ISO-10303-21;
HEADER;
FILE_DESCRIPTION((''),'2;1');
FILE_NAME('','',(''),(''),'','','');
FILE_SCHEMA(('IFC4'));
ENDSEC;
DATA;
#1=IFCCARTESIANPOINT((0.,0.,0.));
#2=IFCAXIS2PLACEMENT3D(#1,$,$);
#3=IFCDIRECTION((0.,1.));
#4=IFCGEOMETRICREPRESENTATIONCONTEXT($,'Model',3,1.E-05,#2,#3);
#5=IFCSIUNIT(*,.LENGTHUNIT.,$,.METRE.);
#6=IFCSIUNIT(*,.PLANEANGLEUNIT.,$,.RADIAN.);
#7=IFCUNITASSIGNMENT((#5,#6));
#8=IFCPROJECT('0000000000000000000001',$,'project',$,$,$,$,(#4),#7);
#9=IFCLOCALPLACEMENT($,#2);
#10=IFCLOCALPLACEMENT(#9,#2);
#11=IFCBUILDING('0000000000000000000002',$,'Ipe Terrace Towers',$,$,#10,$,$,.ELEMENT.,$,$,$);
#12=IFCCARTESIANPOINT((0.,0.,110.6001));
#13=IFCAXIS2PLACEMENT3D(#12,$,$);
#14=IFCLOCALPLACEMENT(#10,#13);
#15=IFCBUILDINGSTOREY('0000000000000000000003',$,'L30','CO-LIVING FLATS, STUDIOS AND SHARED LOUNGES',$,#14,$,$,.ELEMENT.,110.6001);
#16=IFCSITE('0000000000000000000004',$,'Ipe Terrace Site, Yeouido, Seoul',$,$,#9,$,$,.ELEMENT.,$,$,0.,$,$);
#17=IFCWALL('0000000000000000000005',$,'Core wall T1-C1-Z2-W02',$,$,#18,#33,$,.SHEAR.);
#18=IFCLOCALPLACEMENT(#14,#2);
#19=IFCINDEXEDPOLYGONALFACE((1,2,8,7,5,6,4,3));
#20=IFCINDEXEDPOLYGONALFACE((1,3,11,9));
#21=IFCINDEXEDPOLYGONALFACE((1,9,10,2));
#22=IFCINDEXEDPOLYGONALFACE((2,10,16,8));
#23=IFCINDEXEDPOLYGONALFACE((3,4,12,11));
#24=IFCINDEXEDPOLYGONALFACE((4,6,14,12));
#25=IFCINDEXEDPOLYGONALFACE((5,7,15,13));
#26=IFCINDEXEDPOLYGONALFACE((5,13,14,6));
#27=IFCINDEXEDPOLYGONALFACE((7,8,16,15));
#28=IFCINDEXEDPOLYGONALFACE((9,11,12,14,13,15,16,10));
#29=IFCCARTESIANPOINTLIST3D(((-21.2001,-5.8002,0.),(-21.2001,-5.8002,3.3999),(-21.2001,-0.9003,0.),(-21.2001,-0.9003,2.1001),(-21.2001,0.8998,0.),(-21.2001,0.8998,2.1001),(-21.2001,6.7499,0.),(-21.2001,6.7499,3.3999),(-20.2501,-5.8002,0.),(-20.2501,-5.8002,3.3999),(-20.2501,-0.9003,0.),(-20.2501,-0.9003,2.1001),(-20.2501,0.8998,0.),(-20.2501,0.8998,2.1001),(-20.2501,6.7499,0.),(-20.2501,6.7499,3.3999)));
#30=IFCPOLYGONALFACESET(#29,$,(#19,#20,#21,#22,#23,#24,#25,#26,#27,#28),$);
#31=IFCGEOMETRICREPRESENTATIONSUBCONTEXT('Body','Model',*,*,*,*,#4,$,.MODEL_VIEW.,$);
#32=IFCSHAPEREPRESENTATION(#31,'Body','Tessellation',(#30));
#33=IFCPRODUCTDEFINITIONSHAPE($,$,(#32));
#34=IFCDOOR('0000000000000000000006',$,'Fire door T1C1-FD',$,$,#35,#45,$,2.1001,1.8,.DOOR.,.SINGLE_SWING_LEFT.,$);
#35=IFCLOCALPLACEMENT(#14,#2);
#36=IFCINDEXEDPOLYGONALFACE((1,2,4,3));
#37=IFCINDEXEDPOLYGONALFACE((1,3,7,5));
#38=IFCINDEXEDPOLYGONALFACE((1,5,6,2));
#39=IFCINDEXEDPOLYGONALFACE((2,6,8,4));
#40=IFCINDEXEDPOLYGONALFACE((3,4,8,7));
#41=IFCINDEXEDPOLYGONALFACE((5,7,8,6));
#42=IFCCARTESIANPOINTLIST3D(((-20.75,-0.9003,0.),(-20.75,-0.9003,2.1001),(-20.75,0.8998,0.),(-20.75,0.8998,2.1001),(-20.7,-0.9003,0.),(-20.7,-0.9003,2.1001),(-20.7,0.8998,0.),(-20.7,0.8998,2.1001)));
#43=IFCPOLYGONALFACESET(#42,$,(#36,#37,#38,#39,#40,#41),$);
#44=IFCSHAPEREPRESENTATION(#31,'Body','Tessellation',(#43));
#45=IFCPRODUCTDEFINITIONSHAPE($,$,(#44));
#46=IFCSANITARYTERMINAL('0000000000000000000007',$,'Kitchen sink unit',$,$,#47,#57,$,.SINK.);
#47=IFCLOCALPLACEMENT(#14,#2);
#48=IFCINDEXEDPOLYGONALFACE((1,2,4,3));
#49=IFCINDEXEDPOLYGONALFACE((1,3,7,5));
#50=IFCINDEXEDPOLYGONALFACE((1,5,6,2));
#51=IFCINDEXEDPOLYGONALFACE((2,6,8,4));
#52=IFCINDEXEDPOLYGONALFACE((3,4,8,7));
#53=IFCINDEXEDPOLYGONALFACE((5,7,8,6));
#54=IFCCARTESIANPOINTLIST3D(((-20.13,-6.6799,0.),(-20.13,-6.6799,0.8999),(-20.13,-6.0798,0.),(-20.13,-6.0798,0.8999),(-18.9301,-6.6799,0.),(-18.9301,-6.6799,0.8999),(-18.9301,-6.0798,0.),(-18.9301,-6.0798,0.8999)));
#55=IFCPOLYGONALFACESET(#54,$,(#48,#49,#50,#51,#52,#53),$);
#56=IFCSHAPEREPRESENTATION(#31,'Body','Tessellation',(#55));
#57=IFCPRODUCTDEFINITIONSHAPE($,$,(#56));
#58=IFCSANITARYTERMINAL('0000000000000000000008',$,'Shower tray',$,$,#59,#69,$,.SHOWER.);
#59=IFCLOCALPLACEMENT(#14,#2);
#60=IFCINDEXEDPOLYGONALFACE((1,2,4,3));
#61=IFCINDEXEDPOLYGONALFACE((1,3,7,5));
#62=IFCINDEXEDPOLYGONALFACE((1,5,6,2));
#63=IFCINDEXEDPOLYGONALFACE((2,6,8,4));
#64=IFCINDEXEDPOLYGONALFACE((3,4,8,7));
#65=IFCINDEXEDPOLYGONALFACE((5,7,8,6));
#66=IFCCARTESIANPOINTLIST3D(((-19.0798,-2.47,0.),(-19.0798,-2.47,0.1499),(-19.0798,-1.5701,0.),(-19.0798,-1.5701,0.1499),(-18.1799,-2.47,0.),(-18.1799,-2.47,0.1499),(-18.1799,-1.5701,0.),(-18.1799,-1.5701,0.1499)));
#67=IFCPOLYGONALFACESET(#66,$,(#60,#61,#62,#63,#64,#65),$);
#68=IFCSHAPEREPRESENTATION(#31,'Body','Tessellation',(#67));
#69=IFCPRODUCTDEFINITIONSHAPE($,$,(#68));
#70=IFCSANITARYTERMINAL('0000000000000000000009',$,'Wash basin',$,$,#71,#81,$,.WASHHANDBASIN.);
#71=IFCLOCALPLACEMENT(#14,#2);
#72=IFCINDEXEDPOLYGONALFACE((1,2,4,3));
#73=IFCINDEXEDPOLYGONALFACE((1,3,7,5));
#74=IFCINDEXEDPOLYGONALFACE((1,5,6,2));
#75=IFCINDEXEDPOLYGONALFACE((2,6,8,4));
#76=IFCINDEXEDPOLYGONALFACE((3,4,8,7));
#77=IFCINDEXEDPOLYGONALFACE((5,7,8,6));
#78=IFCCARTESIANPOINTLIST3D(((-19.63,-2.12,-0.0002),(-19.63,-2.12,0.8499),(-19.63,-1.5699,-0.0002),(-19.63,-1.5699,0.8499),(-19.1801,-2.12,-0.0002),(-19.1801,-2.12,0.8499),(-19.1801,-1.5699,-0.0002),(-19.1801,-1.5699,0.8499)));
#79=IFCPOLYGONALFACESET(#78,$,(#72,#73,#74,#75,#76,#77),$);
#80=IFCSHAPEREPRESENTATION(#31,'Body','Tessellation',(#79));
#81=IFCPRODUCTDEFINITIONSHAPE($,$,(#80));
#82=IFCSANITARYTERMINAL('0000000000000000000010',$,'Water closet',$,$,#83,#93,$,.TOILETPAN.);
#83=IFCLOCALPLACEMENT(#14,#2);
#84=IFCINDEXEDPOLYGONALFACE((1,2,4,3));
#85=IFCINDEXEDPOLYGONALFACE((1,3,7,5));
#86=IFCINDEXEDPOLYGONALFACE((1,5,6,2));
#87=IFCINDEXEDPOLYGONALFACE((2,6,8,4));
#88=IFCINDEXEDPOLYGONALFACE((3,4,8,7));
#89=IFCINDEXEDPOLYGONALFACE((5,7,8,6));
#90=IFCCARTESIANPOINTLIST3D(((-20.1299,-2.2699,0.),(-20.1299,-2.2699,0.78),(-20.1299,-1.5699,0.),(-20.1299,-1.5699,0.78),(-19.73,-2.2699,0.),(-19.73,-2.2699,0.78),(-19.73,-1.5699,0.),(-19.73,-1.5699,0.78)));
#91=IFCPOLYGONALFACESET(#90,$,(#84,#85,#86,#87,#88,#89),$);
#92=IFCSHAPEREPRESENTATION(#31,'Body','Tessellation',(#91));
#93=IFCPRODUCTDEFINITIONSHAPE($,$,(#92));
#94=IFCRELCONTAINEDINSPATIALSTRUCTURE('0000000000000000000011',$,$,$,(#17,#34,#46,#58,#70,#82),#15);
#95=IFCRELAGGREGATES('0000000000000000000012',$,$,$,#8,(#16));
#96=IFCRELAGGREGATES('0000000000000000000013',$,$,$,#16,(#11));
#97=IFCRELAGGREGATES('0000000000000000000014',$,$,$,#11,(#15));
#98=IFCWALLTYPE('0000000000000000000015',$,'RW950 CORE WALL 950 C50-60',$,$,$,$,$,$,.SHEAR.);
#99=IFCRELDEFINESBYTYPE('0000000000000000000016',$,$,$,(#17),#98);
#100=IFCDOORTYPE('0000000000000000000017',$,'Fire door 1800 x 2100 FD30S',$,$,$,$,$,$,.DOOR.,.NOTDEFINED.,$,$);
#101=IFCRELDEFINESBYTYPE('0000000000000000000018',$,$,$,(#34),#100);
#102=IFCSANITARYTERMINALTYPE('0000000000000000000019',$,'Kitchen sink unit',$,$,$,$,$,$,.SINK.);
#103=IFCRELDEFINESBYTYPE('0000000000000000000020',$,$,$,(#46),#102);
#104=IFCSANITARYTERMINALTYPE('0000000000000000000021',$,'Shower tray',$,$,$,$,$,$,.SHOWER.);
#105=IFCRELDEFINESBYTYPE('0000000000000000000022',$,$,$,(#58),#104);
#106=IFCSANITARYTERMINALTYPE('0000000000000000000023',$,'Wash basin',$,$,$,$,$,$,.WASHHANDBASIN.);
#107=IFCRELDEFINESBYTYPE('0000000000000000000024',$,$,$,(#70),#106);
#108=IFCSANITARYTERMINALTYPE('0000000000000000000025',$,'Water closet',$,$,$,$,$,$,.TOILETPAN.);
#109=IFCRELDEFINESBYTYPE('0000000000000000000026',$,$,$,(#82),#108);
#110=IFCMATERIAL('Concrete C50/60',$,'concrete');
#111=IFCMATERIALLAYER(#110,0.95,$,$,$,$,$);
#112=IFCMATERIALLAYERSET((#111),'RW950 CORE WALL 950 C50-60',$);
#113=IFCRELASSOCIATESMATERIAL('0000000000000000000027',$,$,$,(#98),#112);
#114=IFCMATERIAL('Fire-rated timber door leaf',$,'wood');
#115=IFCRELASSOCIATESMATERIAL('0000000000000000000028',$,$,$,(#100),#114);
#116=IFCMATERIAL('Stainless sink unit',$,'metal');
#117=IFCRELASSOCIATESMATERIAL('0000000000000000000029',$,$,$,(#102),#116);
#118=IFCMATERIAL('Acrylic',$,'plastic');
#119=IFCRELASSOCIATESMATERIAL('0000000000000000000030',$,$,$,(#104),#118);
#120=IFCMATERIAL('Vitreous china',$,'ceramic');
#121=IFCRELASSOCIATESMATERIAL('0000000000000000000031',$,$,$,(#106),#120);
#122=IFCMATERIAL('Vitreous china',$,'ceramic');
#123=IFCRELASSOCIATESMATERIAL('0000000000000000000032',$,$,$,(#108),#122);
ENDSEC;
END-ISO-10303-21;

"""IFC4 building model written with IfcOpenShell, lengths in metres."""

from ifc_helpers import new_model, si_unit, direction, frame, frame_2d, origin, origin_2d, place, context, subcontext, project, spatial, rectangle, extrude, material, layer, layer_set, type_object, element, fill, save


model = new_model("IFC4")

# Units and contexts
model_context = context("Model", 3, precision=1e-05, world=origin(), true_north=direction((0.0, 1.0)))
body_context = subcontext(model_context, "Body", "Model", "MODEL_VIEW")
ifc_project = project(units=[si_unit("LENGTHUNIT", "METRE"), si_unit("PLANEANGLEUNIT", "RADIAN")], contexts=[model_context])

# Site, building, storey
site_placement = place(None, origin())
site = spatial("IfcSite", under=ifc_project, at=site_placement, Name="Ipe Terrace Site, Yeouido, Seoul", CompositionType="ELEMENT", RefElevation=0.0)
building_placement = place(site_placement, origin())
building = spatial("IfcBuilding", under=site, at=building_placement, Name="Ipe Terrace Towers", CompositionType="ELEMENT")
storey_placement = place(building_placement, frame((0.0, 0.0, 110.6001)))
storey = spatial("IfcBuildingStorey", under=building, at=storey_placement, Name="L30", Description="CO-LIVING FLATS, STUDIOS AND SHARED LOUNGES", CompositionType="ELEMENT", Elevation=110.6001)

# Shared definitions
ifc_material_1 = material(Name="Concrete C50/60", Category="concrete")
ifc_layer_1 = layer(ifc_material_1, 0.95)
ifc_layer_set_1 = layer_set([ifc_layer_1], Name="RW950 CORE WALL 950 C50-60")
wall_type_1 = type_object("IfcWallType", Name="RW950 CORE WALL 950 C50-60", PredefinedType="SHEAR", material=ifc_layer_set_1)

# Wall, opening, door
wall_1_placement = place(storey_placement, frame((-20.7251, -5.8, 0.0), z_axis=(0.0, 0.0, 1.0), x_axis=(0.0, 1.0, 0.0)))
wall_1 = element("IfcWall", 1, at=wall_1_placement, inside=storey, type_object=wall_type_1, Name="Core wall T1-C1-Z2-W02", PredefinedType="SHEAR", context=body_context, shape_type="SweptSolid", body=[
    extrude(rectangle(XDim=12.55, YDim=0.95, at=frame_2d((6.2749, 0.0))), origin(), (0.0, 0.0, 1.0), 3.3999),
])
opening_1_placement = place(wall_1_placement, frame((4.8999, 0.0, 0.0)))
opening_1 = element("IfcOpeningElement", 2, at=opening_1_placement, cuts=wall_1, PredefinedType="OPENING", context=body_context, shape_type="SweptSolid", body=[
    extrude(rectangle(XDim=1.8, YDim=2.1001, at=frame_2d((0.8999, 1.05))), frame((0.0, 0.4849, 0.0), z_axis=(0.0, -1.0, 0.0), x_axis=(1.0, 0.0, 0.0)), (0.0, 0.0, 1.0), 0.97),
])
ifc_material_2 = material(Name="Fire-rated timber door leaf", Category="wood")
door_type_1 = type_object("IfcDoorType", Name="Fire door 1800 x 2100 FD30S", OperationType="NOTDEFINED", PredefinedType="DOOR", material=ifc_material_2)
door_1_placement = place(opening_1_placement, origin())
door_1 = element("IfcDoor", 3, at=door_1_placement, inside=storey, type_object=door_type_1, Name="Fire door T1C1-FD", OperationType="SINGLE_SWING_LEFT", OverallHeight=2.1001, OverallWidth=1.8, PredefinedType="DOOR", context=body_context, shape_type="SweptSolid", body=[
    extrude(rectangle(XDim=1.8, YDim=2.1001, at=frame_2d((0.8999, 1.05))), frame((0.0, 0.0249, 0.0), z_axis=(0.0, -1.0, 0.0), x_axis=(1.0, 0.0, 0.0)), (0.0, 0.0, 1.0), 0.05),
])
fill(opening_1, door_1)

# Sanitary terminals
ifc_material_3 = material(Name="Stainless sink unit", Category="metal")
sanitary_terminal_type_1 = type_object("IfcSanitaryTerminalType", Name="Kitchen sink unit", PredefinedType="SINK", material=ifc_material_3)
sanitary_terminal_1_placement = place(storey_placement, frame((-19.53, -6.3799, 0.0), z_axis=(0.0, 0.0, 1.0), x_axis=(-1.0, 0.0, 0.0)))
element("IfcSanitaryTerminal", 4, at=sanitary_terminal_1_placement, inside=storey, type_object=sanitary_terminal_type_1, Name="Kitchen sink unit", PredefinedType="SINK", context=body_context, shape_type="SweptSolid", body=[
    extrude(rectangle(XDim=1.2, YDim=0.6001, at=origin_2d()), origin(), (0.0, 0.0, 1.0), 0.8999),
])
ifc_material_4 = material(Name="Acrylic", Category="plastic")
sanitary_terminal_type_2 = type_object("IfcSanitaryTerminalType", Name="Shower tray", PredefinedType="SHOWER", material=ifc_material_4)
sanitary_terminal_2_placement = place(storey_placement, frame((-18.6299, -2.02, 0.0), z_axis=(0.0, 0.0, 1.0), x_axis=(0.0, -1.0, 0.0)))
element("IfcSanitaryTerminal", 5, at=sanitary_terminal_2_placement, inside=storey, type_object=sanitary_terminal_type_2, Name="Shower tray", PredefinedType="SHOWER", context=body_context, shape_type="SweptSolid", body=[
    extrude(rectangle(XDim=0.8999, YDim=0.8999, at=origin_2d()), origin(), (0.0, 0.0, 1.0), 0.1499),
])
ifc_material_5 = material(Name="Vitreous china", Category="ceramic")
sanitary_terminal_type_3 = type_object("IfcSanitaryTerminalType", Name="Wash basin", PredefinedType="WASHHANDBASIN", material=ifc_material_5)
sanitary_terminal_3_placement = place(storey_placement, frame((-19.405, -1.845, -0.0002), z_axis=(0.0, 0.0, 1.0), x_axis=(0.0, -1.0, 0.0)))
element("IfcSanitaryTerminal", 6, at=sanitary_terminal_3_placement, inside=storey, type_object=sanitary_terminal_type_3, Name="Wash basin", PredefinedType="WASHHANDBASIN", context=body_context, shape_type="SweptSolid", body=[
    extrude(rectangle(XDim=0.55, YDim=0.45, at=origin_2d()), origin(), (0.0, 0.0, 1.0), 0.8501),
])
ifc_material_6 = material(Name="Vitreous china", Category="ceramic")
sanitary_terminal_type_4 = type_object("IfcSanitaryTerminalType", Name="Water closet", PredefinedType="TOILETPAN", material=ifc_material_6)
sanitary_terminal_4_placement = place(storey_placement, frame((-19.9299, -1.9199, 0.0), z_axis=(0.0, 0.0, 1.0), x_axis=(0.0, -1.0, 0.0)))
element("IfcSanitaryTerminal", 7, at=sanitary_terminal_4_placement, inside=storey, type_object=sanitary_terminal_type_4, Name="Water closet", PredefinedType="TOILETPAN", context=body_context, shape_type="SweptSolid", body=[
    extrude(rectangle(XDim=0.7, YDim=0.3999, at=origin_2d()), origin(), (0.0, 0.0, 1.0), 0.78),
])

save(model, "model.ifc")
